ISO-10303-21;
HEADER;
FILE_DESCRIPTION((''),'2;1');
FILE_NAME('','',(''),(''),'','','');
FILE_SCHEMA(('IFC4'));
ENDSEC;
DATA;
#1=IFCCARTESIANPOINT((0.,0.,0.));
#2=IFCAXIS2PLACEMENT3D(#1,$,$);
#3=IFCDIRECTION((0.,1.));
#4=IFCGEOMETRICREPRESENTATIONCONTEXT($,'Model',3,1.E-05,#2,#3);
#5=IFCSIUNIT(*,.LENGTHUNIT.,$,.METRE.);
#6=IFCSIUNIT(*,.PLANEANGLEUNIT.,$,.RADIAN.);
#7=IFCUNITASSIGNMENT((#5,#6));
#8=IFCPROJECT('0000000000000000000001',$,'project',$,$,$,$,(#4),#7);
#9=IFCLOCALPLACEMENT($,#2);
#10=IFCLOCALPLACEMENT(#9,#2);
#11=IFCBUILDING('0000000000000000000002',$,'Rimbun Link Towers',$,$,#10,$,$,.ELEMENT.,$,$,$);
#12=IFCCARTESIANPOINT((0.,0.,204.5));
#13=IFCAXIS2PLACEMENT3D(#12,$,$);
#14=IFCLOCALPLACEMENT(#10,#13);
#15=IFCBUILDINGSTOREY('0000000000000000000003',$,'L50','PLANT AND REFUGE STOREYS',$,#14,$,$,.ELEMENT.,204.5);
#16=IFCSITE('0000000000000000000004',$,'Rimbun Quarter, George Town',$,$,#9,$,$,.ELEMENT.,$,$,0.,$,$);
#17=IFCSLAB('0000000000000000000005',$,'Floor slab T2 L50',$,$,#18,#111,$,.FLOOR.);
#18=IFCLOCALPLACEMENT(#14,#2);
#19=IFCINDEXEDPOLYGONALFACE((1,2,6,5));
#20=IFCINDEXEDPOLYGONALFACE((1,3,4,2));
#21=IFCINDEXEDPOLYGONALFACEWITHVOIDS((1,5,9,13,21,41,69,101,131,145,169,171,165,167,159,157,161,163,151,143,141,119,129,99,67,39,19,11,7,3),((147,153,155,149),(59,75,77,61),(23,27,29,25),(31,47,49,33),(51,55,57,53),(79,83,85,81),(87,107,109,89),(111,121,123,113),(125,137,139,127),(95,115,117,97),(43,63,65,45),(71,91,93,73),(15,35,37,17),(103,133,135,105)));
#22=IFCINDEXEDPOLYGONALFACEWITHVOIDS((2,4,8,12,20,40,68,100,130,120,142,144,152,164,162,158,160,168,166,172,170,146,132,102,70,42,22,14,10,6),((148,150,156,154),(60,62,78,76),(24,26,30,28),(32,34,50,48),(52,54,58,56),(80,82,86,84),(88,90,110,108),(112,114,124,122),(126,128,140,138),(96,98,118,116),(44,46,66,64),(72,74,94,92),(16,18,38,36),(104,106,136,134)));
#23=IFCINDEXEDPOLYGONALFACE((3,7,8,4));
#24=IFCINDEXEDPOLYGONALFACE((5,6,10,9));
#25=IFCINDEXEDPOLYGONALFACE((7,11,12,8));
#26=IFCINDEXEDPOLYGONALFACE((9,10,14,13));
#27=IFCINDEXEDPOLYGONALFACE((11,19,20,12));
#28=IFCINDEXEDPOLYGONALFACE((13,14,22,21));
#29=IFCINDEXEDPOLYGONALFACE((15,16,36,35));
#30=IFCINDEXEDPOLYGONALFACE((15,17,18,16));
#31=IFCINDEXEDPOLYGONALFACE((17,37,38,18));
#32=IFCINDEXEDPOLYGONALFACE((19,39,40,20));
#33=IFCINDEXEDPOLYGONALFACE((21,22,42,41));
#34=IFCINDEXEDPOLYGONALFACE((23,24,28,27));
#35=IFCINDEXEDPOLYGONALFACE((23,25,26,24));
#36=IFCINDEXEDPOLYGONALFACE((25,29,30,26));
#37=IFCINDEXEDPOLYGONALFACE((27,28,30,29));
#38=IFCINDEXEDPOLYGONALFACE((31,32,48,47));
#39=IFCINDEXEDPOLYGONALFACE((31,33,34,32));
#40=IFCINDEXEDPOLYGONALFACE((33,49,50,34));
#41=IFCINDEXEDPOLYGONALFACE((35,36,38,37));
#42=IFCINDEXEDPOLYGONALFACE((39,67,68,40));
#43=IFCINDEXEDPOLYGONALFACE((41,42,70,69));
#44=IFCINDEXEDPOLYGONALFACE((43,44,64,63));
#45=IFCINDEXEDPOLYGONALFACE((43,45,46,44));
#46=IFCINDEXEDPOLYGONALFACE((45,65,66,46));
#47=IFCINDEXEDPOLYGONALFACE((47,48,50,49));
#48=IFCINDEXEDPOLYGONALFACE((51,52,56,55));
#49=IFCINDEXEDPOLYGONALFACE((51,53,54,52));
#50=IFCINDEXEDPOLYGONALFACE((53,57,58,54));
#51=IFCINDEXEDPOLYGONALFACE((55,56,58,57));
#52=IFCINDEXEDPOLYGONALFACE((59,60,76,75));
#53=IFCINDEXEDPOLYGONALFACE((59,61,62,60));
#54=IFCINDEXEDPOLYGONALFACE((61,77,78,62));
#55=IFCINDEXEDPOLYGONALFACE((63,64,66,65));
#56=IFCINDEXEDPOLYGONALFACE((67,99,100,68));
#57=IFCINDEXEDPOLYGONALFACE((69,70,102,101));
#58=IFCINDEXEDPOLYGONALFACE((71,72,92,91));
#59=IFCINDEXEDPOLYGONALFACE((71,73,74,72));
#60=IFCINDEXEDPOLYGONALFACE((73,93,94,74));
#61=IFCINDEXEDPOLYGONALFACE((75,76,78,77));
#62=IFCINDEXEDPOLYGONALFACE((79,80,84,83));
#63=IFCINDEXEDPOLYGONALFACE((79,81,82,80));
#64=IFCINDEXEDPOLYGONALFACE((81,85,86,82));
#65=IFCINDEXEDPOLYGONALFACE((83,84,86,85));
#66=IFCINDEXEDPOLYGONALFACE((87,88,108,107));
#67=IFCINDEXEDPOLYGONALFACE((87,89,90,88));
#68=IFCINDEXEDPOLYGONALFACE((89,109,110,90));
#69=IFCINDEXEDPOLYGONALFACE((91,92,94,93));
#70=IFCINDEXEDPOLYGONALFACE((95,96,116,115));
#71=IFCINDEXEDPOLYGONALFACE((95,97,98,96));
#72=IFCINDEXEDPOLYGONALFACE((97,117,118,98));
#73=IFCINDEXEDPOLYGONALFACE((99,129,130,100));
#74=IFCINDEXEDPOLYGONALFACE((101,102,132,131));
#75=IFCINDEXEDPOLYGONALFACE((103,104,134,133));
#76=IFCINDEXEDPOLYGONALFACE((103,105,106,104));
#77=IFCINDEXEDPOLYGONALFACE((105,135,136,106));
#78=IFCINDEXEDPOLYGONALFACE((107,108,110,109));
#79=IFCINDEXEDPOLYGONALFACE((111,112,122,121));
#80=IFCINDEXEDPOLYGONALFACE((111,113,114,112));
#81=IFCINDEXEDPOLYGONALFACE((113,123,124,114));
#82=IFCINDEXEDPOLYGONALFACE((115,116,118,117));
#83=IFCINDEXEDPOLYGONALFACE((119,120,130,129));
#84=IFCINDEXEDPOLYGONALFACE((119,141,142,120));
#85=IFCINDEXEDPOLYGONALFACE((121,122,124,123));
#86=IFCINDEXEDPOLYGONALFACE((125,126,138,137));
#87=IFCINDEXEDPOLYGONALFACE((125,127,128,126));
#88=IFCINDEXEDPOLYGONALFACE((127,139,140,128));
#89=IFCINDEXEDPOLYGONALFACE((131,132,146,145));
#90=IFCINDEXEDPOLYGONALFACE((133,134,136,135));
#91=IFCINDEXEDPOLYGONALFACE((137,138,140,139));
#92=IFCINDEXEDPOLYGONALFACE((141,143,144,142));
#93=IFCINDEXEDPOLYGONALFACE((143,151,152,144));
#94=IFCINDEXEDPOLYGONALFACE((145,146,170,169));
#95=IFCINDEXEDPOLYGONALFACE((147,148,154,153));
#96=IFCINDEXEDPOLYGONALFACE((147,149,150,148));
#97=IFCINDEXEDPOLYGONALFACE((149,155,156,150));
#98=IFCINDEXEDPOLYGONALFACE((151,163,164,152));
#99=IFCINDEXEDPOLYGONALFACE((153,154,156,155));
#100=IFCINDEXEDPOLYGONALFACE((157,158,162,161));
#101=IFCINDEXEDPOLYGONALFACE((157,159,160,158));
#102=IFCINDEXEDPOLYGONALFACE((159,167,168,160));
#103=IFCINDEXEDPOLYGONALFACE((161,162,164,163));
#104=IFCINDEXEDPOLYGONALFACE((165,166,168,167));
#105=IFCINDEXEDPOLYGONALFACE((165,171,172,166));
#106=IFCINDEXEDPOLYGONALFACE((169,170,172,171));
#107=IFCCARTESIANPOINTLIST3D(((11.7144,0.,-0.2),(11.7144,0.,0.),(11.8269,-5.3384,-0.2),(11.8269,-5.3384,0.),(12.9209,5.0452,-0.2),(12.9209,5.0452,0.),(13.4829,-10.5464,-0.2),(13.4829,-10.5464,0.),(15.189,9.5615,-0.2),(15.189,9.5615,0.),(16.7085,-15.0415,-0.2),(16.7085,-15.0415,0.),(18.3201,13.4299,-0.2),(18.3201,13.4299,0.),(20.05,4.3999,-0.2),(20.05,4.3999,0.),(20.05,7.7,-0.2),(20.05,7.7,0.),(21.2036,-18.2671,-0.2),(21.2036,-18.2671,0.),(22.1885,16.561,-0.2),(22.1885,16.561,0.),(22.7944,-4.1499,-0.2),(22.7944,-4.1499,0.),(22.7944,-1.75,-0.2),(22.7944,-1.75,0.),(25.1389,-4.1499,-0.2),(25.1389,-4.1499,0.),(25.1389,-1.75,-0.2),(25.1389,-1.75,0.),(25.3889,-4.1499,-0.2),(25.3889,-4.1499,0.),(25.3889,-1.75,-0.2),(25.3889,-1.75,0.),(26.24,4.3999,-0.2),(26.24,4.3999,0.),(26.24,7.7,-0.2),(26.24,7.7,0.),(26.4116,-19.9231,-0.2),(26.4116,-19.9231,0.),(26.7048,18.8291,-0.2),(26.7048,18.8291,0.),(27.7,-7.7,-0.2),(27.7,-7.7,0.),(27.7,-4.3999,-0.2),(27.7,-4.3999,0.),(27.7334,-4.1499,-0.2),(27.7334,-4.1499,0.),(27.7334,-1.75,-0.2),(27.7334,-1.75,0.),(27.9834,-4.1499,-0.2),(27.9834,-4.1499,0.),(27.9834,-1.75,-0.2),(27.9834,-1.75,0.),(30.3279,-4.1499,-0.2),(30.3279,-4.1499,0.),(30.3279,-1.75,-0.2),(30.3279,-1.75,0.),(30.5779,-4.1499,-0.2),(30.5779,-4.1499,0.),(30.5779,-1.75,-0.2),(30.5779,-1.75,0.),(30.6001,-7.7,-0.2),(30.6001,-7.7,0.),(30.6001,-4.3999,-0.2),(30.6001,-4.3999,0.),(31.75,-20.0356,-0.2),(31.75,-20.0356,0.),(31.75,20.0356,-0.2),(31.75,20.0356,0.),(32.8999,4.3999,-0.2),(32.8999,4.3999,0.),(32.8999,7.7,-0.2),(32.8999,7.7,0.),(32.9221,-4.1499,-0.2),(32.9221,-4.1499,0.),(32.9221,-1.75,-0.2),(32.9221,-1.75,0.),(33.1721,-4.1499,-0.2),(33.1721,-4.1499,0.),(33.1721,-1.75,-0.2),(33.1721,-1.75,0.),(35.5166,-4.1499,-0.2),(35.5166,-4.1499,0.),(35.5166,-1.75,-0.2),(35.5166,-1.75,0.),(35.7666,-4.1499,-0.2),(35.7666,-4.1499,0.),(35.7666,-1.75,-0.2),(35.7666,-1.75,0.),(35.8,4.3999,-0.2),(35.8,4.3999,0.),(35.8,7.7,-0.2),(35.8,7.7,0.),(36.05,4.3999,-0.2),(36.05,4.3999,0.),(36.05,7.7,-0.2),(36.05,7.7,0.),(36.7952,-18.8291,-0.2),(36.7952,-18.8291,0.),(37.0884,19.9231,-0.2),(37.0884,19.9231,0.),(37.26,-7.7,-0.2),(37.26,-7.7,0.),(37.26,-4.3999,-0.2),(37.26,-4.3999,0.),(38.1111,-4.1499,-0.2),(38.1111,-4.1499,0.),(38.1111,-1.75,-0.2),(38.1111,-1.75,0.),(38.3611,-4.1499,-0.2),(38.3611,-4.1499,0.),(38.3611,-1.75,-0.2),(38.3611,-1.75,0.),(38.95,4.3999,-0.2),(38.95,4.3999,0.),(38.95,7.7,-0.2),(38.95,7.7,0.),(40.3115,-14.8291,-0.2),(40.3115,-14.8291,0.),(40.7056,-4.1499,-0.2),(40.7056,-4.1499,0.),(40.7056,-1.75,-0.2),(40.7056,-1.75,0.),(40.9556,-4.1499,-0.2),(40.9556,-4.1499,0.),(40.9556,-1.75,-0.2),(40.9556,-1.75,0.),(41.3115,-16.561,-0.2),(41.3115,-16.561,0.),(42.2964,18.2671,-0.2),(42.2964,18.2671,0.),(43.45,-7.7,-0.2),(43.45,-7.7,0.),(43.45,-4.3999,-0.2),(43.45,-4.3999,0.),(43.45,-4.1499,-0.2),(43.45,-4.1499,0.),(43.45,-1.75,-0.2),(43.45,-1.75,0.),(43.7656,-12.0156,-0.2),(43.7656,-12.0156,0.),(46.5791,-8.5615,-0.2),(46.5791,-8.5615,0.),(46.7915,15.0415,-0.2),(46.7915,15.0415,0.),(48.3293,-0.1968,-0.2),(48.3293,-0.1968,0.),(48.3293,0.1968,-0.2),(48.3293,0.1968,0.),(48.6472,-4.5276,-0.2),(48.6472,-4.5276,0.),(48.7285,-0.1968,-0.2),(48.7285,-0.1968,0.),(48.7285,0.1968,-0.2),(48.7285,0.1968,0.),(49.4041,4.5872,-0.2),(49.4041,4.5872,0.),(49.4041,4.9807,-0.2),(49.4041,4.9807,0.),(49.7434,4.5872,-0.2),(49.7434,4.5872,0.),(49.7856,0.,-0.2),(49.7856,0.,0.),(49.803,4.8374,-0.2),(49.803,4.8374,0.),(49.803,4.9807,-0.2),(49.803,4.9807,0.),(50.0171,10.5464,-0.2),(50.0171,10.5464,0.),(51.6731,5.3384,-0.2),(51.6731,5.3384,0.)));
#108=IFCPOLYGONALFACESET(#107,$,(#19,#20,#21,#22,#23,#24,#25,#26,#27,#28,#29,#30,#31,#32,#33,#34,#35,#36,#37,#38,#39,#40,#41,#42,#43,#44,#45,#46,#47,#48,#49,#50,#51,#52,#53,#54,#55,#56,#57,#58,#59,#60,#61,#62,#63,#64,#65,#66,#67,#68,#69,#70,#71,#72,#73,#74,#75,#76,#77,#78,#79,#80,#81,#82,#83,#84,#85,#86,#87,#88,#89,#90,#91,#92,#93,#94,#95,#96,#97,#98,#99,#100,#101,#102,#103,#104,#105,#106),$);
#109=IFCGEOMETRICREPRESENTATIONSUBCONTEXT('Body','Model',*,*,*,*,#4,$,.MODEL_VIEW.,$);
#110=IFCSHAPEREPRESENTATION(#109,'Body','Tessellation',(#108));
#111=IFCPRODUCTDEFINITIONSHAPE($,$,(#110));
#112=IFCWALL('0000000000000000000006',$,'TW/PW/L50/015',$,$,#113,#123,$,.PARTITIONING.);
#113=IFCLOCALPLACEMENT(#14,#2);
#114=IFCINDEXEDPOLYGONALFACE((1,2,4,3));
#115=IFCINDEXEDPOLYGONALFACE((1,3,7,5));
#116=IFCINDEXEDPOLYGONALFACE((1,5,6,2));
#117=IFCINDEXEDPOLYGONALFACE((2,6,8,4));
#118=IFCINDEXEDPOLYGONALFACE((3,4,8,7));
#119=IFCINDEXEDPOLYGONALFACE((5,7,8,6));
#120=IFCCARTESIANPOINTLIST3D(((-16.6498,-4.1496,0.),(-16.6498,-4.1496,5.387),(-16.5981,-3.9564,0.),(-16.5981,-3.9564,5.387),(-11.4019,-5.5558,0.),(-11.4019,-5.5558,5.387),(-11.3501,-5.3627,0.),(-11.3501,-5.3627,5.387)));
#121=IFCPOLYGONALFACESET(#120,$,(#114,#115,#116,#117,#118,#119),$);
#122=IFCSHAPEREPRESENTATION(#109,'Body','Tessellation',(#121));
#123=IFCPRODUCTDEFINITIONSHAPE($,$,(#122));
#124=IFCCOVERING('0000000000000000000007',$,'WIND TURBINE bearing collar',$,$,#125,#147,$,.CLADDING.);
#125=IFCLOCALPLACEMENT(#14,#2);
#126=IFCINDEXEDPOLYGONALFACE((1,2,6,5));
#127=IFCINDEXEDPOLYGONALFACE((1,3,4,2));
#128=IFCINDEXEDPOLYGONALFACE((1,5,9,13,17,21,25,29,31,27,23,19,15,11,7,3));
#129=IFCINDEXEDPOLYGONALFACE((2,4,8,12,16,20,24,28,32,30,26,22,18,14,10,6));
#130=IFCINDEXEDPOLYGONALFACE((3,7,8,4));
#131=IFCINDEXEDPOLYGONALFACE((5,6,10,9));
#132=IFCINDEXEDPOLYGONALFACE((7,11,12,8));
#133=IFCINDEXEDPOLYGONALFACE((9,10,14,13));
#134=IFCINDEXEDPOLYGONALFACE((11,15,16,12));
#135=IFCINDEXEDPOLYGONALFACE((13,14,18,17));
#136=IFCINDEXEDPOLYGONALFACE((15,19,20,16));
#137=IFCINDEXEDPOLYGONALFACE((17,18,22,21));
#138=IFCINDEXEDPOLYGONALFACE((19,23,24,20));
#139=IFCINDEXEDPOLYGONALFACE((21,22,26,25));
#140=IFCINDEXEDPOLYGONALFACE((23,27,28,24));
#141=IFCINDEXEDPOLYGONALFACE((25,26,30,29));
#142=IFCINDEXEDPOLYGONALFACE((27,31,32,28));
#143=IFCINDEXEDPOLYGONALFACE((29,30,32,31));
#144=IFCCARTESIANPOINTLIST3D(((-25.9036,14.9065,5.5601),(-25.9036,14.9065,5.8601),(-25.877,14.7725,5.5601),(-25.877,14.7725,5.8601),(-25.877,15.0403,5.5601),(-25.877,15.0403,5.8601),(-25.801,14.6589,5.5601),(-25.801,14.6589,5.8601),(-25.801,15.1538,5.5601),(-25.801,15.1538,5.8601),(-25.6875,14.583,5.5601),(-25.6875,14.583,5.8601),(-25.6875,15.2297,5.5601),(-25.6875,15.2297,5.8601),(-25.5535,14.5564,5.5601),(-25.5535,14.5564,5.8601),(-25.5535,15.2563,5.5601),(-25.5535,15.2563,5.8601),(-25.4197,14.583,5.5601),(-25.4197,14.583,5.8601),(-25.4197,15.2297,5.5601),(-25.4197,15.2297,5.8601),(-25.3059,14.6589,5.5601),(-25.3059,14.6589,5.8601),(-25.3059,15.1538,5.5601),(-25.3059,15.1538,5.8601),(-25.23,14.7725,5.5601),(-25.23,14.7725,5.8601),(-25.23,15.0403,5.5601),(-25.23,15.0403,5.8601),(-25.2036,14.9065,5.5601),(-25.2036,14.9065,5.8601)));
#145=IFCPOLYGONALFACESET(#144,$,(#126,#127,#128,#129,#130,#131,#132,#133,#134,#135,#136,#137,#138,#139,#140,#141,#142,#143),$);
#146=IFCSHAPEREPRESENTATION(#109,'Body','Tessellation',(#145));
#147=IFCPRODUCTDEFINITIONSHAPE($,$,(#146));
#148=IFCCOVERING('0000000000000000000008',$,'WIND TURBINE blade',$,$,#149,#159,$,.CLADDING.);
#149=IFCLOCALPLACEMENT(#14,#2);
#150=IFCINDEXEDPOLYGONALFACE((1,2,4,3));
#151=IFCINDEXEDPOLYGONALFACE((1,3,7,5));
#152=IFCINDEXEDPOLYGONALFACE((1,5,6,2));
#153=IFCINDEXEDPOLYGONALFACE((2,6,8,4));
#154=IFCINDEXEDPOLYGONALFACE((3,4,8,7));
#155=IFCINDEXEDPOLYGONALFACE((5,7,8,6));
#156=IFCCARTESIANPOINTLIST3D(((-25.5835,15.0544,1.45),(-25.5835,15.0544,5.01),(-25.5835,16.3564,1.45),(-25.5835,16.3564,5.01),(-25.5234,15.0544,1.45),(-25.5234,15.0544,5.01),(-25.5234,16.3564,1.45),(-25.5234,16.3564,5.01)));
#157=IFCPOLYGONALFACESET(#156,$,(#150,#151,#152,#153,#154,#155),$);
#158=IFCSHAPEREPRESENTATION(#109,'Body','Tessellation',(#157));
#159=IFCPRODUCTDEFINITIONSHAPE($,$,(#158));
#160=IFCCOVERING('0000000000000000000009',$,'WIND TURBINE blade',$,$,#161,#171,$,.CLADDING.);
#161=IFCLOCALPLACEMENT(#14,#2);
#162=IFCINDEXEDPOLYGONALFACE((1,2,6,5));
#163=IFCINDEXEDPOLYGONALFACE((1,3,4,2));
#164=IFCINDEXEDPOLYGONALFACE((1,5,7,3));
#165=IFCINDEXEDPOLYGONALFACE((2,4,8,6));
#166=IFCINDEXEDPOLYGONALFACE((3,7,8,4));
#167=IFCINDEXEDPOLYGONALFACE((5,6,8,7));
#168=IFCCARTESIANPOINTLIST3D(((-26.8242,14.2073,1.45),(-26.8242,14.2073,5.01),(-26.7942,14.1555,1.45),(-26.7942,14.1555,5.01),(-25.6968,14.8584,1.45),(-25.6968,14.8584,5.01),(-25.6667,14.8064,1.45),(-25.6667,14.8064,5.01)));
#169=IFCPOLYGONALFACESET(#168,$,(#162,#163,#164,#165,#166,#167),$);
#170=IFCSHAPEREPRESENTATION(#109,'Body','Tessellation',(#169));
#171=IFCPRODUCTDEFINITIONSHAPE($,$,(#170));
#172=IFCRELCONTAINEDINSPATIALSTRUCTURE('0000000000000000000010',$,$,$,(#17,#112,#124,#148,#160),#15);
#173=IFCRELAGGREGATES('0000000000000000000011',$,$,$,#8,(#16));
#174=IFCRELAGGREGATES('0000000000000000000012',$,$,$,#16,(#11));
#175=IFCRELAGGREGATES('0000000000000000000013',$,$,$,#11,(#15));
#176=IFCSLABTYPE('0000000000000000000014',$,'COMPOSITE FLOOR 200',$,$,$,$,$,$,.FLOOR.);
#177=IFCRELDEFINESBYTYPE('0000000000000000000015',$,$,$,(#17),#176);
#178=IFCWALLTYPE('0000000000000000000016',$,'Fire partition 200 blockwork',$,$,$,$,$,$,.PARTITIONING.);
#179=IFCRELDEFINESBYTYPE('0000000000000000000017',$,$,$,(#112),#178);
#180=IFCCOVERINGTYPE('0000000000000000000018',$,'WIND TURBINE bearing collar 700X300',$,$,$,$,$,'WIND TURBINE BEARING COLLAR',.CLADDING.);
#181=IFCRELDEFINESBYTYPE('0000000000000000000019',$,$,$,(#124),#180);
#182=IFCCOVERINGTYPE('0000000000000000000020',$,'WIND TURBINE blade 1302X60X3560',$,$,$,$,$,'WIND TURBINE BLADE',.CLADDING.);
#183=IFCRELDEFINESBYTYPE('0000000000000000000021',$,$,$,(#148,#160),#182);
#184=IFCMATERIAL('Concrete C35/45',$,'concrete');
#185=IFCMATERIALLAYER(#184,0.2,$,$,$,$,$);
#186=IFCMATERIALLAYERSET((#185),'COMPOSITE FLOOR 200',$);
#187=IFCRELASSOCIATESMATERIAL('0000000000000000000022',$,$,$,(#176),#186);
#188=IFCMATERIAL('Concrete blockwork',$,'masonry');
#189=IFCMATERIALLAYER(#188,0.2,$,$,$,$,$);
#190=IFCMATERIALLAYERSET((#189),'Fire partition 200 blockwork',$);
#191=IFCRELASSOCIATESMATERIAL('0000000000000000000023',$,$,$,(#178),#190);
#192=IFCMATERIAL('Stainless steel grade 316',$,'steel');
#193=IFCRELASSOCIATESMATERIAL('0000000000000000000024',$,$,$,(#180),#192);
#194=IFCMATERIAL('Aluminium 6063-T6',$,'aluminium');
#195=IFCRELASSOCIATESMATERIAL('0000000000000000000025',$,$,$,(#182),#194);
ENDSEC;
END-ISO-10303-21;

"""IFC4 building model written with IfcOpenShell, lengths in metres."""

from ifc_helpers import new_model, si_unit, direction, frame, frame_2d, origin, place, context, subcontext, project, spatial, polyline, rectangle, outline, extrude, material, layer, layer_set, type_object, element, save


model = new_model("IFC4")

# Units and contexts
model_context = context("Model", 3, precision=1e-05, world=origin(), true_north=direction((0.0, 1.0)))
body_context = subcontext(model_context, "Body", "Model", "MODEL_VIEW")
ifc_project = project(units=[si_unit("LENGTHUNIT", "METRE"), si_unit("PLANEANGLEUNIT", "RADIAN")], contexts=[model_context])

# Site, building, storey
site_placement = place(None, origin())
site = spatial("IfcSite", under=ifc_project, at=site_placement, Name="Rimbun Quarter, George Town", CompositionType="ELEMENT", RefElevation=0.0)
building_placement = place(site_placement, origin())
building = spatial("IfcBuilding", under=site, at=building_placement, Name="Rimbun Link Towers", CompositionType="ELEMENT")
storey_placement = place(building_placement, frame((0.0, 0.0, 204.5)))
storey = spatial("IfcBuildingStorey", under=building, at=storey_placement, Name="L50", Description="PLANT AND REFUGE STOREYS", CompositionType="ELEMENT", Elevation=204.5)

# Slab
ifc_material_1 = material(Name="Concrete C35/45", Category="concrete")
ifc_layer_1 = layer(ifc_material_1, 0.2)
ifc_layer_set_1 = layer_set([ifc_layer_1], Name="COMPOSITE FLOOR 200")
slab_type = type_object("IfcSlabType", Name="COMPOSITE FLOOR 200", PredefinedType="FLOOR", material=ifc_layer_set_1)
slab_1_placement = place(storey_placement, frame((0.0, 0.0, -0.2)))
element("IfcSlab", 1, at=slab_1_placement, inside=storey, type_object=slab_type, Name="Floor slab T2 L50", PredefinedType="FLOOR", context=body_context, shape_type="SweptSolid", body=[
    extrude(outline(polyline([(49.7856, 0.0), (48.6472, -4.5276), (46.5791, -8.5615), (43.7656, -12.0156), (40.3115, -14.8291), (41.3115, -16.561), (36.7952, -18.8291), (31.75, -20.0356), (26.4116, -19.9231), (21.2036, -18.2671), (16.7085, -15.0415), (13.4829, -10.5464), (11.8269, -5.3384), (11.7144, 0.0), (12.9209, 5.0452), (15.189, 9.5615), (18.3201, 13.4299), (22.1885, 16.561), (26.7048, 18.8291), (31.75, 20.0356), (37.0884, 19.9231), (42.2964, 18.2671), (46.7915, 15.0415), (50.0171, 10.5464), (51.6731, 5.3384), (49.803, 4.8374), (49.803, 4.9807), (49.4041, 4.9807), (49.4041, 4.5872), (49.7434, 4.5872), (49.7856, 0.0)]), holes=[polyline([(30.6001, -4.3999), (27.7, -4.3999), (27.7, -7.7), (30.6001, -7.7), (30.6001, -4.3999)]), polyline([(25.1389, -4.1499), (25.1389, -1.75), (22.7944, -1.75), (22.7944, -4.1499), (25.1389, -4.1499)]), polyline([(27.7334, -4.1499), (27.7334, -1.75), (25.3889, -1.75), (25.3889, -4.1499), (27.7334, -4.1499)]), polyline([(30.3279, -4.1499), (30.3279, -1.75), (27.9834, -1.75), (27.9834, -4.1499), (30.3279, -4.1499)]), polyline([(32.9221, -4.1499), (32.9221, -1.75), (30.5779, -1.75), (30.5779, -4.1499), (32.9221, -4.1499)]), polyline([(35.5166, -4.1499), (35.5166, -1.75), (33.1721, -1.75), (33.1721, -4.1499), (35.5166, -4.1499)]), polyline([(26.24, 4.3999), (26.24, 7.7), (20.05, 7.7), (20.05, 4.3999), (26.24, 4.3999)]), polyline([(35.8, 4.3999), (35.8, 7.7), (32.8999, 7.7), (32.8999, 4.3999), (35.8, 4.3999)]), polyline([(43.45, -7.7), (43.45, -4.3999), (37.26, -4.3999), (37.26, -7.7), (43.45, -7.7)]), polyline([(38.1111, -4.1499), (38.1111, -1.75), (35.7666, -1.75), (35.7666, -4.1499), (38.1111, -4.1499)]), polyline([(40.7056, -4.1499), (40.7056, -1.75), (38.3611, -1.75), (38.3611, -4.1499), (40.7056, -4.1499)]), polyline([(43.45, -4.1499), (43.45, -1.75), (40.9556, -1.75), (40.9556, -4.1499), (43.45, -4.1499)]), polyline([(48.7285, -0.1968), (48.7285, 0.1968), (48.3293, 0.1968), (48.3293, -0.1968), (48.7285, -0.1968)]), polyline([(38.95, 4.3999), (38.95, 7.7), (36.05, 7.7), (36.05, 4.3999), (38.95, 4.3999)])]), origin(), (0.0, 0.0, 1.0), 0.2),
])

# Wall
ifc_material_2 = material(Name="Concrete blockwork", Category="masonry")
ifc_layer_2 = layer(ifc_material_2, 0.2)
ifc_layer_set_2 = layer_set([ifc_layer_2], Name="Fire partition 200 blockwork")
wall_type = type_object("IfcWallType", Name="Fire partition 200 blockwork", PredefinedType="PARTITIONING", material=ifc_layer_set_2)
wall_placement = place(storey_placement, frame((-11.376, -5.4592, 0.0), z_axis=(0.0, 0.0, 1.0), x_axis=(-0.965924, 0.258826, 0.0)))
element("IfcWall", 2, at=wall_placement, inside=storey, type_object=wall_type, Name="TW/PW/L50/015", PredefinedType="PARTITIONING", context=body_context, shape_type="SweptSolid", body=[
    extrude(rectangle(XDim=5.4331, YDim=0.2, at=frame_2d((2.7166, 0.0))), origin(), (0.0, 0.0, 1.0), 5.387),
])

# Coverings
ifc_material_3 = material(Name="Stainless steel grade 316", Category="steel")
covering_type_1 = type_object("IfcCoveringType", Name="WIND TURBINE bearing collar 700X300", ElementType="WIND TURBINE BEARING COLLAR", PredefinedType="CLADDING", material=ifc_material_3)
covering_1_placement = place(storey_placement, frame((0.0, 0.0, 5.5601)))
element("IfcCovering", 3, at=covering_1_placement, inside=storey, type_object=covering_type_1, Name="WIND TURBINE bearing collar", PredefinedType="CLADDING", context=body_context, shape_type="SweptSolid", body=[
    extrude(outline(polyline([(-25.2036, 14.9065), (-25.23, 15.0403), (-25.3059, 15.1538), (-25.4197, 15.2297), (-25.5535, 15.2563), (-25.6875, 15.2297), (-25.801, 15.1538), (-25.877, 15.0403), (-25.9036, 14.9065), (-25.877, 14.7725), (-25.801, 14.6589), (-25.6875, 14.583), (-25.5535, 14.5564), (-25.4197, 14.583), (-25.3059, 14.6589), (-25.23, 14.7725), (-25.2036, 14.9065)])), origin(), (0.0, 0.0, 1.0), 0.3),
])
ifc_material_4 = material(Name="Aluminium 6063-T6", Category="aluminium")
covering_type_2 = type_object("IfcCoveringType", Name="WIND TURBINE blade 1302X60X3560", ElementType="WIND TURBINE BLADE", PredefinedType="CLADDING", material=ifc_material_4)
covering_2_placement = place(storey_placement, frame((0.0, 0.0, 1.45)))
element("IfcCovering", 4, at=covering_2_placement, inside=storey, type_object=covering_type_2, Name="WIND TURBINE blade", PredefinedType="CLADDING", context=body_context, shape_type="SweptSolid", body=[
    extrude(outline(polyline([(-25.5234, 15.0544), (-25.5234, 16.3564), (-25.5835, 16.3564), (-25.5835, 15.0544), (-25.5234, 15.0544)])), origin(), (0.0, 0.0, 1.0), 3.5601),
])
covering_3_placement = place(storey_placement, frame((0.0, 0.0, 1.45)))
element("IfcCovering", 5, at=covering_3_placement, inside=storey, type_object=covering_type_2, Name="WIND TURBINE blade", PredefinedType="CLADDING", context=body_context, shape_type="SweptSolid", body=[
    extrude(outline(polyline([(-25.6968, 14.8584), (-26.8242, 14.2073), (-26.7942, 14.1555), (-25.6667, 14.8064), (-25.6968, 14.8584)])), origin(), (0.0, 0.0, 1.0), 3.5601),
])

save(model, "model.ifc")
